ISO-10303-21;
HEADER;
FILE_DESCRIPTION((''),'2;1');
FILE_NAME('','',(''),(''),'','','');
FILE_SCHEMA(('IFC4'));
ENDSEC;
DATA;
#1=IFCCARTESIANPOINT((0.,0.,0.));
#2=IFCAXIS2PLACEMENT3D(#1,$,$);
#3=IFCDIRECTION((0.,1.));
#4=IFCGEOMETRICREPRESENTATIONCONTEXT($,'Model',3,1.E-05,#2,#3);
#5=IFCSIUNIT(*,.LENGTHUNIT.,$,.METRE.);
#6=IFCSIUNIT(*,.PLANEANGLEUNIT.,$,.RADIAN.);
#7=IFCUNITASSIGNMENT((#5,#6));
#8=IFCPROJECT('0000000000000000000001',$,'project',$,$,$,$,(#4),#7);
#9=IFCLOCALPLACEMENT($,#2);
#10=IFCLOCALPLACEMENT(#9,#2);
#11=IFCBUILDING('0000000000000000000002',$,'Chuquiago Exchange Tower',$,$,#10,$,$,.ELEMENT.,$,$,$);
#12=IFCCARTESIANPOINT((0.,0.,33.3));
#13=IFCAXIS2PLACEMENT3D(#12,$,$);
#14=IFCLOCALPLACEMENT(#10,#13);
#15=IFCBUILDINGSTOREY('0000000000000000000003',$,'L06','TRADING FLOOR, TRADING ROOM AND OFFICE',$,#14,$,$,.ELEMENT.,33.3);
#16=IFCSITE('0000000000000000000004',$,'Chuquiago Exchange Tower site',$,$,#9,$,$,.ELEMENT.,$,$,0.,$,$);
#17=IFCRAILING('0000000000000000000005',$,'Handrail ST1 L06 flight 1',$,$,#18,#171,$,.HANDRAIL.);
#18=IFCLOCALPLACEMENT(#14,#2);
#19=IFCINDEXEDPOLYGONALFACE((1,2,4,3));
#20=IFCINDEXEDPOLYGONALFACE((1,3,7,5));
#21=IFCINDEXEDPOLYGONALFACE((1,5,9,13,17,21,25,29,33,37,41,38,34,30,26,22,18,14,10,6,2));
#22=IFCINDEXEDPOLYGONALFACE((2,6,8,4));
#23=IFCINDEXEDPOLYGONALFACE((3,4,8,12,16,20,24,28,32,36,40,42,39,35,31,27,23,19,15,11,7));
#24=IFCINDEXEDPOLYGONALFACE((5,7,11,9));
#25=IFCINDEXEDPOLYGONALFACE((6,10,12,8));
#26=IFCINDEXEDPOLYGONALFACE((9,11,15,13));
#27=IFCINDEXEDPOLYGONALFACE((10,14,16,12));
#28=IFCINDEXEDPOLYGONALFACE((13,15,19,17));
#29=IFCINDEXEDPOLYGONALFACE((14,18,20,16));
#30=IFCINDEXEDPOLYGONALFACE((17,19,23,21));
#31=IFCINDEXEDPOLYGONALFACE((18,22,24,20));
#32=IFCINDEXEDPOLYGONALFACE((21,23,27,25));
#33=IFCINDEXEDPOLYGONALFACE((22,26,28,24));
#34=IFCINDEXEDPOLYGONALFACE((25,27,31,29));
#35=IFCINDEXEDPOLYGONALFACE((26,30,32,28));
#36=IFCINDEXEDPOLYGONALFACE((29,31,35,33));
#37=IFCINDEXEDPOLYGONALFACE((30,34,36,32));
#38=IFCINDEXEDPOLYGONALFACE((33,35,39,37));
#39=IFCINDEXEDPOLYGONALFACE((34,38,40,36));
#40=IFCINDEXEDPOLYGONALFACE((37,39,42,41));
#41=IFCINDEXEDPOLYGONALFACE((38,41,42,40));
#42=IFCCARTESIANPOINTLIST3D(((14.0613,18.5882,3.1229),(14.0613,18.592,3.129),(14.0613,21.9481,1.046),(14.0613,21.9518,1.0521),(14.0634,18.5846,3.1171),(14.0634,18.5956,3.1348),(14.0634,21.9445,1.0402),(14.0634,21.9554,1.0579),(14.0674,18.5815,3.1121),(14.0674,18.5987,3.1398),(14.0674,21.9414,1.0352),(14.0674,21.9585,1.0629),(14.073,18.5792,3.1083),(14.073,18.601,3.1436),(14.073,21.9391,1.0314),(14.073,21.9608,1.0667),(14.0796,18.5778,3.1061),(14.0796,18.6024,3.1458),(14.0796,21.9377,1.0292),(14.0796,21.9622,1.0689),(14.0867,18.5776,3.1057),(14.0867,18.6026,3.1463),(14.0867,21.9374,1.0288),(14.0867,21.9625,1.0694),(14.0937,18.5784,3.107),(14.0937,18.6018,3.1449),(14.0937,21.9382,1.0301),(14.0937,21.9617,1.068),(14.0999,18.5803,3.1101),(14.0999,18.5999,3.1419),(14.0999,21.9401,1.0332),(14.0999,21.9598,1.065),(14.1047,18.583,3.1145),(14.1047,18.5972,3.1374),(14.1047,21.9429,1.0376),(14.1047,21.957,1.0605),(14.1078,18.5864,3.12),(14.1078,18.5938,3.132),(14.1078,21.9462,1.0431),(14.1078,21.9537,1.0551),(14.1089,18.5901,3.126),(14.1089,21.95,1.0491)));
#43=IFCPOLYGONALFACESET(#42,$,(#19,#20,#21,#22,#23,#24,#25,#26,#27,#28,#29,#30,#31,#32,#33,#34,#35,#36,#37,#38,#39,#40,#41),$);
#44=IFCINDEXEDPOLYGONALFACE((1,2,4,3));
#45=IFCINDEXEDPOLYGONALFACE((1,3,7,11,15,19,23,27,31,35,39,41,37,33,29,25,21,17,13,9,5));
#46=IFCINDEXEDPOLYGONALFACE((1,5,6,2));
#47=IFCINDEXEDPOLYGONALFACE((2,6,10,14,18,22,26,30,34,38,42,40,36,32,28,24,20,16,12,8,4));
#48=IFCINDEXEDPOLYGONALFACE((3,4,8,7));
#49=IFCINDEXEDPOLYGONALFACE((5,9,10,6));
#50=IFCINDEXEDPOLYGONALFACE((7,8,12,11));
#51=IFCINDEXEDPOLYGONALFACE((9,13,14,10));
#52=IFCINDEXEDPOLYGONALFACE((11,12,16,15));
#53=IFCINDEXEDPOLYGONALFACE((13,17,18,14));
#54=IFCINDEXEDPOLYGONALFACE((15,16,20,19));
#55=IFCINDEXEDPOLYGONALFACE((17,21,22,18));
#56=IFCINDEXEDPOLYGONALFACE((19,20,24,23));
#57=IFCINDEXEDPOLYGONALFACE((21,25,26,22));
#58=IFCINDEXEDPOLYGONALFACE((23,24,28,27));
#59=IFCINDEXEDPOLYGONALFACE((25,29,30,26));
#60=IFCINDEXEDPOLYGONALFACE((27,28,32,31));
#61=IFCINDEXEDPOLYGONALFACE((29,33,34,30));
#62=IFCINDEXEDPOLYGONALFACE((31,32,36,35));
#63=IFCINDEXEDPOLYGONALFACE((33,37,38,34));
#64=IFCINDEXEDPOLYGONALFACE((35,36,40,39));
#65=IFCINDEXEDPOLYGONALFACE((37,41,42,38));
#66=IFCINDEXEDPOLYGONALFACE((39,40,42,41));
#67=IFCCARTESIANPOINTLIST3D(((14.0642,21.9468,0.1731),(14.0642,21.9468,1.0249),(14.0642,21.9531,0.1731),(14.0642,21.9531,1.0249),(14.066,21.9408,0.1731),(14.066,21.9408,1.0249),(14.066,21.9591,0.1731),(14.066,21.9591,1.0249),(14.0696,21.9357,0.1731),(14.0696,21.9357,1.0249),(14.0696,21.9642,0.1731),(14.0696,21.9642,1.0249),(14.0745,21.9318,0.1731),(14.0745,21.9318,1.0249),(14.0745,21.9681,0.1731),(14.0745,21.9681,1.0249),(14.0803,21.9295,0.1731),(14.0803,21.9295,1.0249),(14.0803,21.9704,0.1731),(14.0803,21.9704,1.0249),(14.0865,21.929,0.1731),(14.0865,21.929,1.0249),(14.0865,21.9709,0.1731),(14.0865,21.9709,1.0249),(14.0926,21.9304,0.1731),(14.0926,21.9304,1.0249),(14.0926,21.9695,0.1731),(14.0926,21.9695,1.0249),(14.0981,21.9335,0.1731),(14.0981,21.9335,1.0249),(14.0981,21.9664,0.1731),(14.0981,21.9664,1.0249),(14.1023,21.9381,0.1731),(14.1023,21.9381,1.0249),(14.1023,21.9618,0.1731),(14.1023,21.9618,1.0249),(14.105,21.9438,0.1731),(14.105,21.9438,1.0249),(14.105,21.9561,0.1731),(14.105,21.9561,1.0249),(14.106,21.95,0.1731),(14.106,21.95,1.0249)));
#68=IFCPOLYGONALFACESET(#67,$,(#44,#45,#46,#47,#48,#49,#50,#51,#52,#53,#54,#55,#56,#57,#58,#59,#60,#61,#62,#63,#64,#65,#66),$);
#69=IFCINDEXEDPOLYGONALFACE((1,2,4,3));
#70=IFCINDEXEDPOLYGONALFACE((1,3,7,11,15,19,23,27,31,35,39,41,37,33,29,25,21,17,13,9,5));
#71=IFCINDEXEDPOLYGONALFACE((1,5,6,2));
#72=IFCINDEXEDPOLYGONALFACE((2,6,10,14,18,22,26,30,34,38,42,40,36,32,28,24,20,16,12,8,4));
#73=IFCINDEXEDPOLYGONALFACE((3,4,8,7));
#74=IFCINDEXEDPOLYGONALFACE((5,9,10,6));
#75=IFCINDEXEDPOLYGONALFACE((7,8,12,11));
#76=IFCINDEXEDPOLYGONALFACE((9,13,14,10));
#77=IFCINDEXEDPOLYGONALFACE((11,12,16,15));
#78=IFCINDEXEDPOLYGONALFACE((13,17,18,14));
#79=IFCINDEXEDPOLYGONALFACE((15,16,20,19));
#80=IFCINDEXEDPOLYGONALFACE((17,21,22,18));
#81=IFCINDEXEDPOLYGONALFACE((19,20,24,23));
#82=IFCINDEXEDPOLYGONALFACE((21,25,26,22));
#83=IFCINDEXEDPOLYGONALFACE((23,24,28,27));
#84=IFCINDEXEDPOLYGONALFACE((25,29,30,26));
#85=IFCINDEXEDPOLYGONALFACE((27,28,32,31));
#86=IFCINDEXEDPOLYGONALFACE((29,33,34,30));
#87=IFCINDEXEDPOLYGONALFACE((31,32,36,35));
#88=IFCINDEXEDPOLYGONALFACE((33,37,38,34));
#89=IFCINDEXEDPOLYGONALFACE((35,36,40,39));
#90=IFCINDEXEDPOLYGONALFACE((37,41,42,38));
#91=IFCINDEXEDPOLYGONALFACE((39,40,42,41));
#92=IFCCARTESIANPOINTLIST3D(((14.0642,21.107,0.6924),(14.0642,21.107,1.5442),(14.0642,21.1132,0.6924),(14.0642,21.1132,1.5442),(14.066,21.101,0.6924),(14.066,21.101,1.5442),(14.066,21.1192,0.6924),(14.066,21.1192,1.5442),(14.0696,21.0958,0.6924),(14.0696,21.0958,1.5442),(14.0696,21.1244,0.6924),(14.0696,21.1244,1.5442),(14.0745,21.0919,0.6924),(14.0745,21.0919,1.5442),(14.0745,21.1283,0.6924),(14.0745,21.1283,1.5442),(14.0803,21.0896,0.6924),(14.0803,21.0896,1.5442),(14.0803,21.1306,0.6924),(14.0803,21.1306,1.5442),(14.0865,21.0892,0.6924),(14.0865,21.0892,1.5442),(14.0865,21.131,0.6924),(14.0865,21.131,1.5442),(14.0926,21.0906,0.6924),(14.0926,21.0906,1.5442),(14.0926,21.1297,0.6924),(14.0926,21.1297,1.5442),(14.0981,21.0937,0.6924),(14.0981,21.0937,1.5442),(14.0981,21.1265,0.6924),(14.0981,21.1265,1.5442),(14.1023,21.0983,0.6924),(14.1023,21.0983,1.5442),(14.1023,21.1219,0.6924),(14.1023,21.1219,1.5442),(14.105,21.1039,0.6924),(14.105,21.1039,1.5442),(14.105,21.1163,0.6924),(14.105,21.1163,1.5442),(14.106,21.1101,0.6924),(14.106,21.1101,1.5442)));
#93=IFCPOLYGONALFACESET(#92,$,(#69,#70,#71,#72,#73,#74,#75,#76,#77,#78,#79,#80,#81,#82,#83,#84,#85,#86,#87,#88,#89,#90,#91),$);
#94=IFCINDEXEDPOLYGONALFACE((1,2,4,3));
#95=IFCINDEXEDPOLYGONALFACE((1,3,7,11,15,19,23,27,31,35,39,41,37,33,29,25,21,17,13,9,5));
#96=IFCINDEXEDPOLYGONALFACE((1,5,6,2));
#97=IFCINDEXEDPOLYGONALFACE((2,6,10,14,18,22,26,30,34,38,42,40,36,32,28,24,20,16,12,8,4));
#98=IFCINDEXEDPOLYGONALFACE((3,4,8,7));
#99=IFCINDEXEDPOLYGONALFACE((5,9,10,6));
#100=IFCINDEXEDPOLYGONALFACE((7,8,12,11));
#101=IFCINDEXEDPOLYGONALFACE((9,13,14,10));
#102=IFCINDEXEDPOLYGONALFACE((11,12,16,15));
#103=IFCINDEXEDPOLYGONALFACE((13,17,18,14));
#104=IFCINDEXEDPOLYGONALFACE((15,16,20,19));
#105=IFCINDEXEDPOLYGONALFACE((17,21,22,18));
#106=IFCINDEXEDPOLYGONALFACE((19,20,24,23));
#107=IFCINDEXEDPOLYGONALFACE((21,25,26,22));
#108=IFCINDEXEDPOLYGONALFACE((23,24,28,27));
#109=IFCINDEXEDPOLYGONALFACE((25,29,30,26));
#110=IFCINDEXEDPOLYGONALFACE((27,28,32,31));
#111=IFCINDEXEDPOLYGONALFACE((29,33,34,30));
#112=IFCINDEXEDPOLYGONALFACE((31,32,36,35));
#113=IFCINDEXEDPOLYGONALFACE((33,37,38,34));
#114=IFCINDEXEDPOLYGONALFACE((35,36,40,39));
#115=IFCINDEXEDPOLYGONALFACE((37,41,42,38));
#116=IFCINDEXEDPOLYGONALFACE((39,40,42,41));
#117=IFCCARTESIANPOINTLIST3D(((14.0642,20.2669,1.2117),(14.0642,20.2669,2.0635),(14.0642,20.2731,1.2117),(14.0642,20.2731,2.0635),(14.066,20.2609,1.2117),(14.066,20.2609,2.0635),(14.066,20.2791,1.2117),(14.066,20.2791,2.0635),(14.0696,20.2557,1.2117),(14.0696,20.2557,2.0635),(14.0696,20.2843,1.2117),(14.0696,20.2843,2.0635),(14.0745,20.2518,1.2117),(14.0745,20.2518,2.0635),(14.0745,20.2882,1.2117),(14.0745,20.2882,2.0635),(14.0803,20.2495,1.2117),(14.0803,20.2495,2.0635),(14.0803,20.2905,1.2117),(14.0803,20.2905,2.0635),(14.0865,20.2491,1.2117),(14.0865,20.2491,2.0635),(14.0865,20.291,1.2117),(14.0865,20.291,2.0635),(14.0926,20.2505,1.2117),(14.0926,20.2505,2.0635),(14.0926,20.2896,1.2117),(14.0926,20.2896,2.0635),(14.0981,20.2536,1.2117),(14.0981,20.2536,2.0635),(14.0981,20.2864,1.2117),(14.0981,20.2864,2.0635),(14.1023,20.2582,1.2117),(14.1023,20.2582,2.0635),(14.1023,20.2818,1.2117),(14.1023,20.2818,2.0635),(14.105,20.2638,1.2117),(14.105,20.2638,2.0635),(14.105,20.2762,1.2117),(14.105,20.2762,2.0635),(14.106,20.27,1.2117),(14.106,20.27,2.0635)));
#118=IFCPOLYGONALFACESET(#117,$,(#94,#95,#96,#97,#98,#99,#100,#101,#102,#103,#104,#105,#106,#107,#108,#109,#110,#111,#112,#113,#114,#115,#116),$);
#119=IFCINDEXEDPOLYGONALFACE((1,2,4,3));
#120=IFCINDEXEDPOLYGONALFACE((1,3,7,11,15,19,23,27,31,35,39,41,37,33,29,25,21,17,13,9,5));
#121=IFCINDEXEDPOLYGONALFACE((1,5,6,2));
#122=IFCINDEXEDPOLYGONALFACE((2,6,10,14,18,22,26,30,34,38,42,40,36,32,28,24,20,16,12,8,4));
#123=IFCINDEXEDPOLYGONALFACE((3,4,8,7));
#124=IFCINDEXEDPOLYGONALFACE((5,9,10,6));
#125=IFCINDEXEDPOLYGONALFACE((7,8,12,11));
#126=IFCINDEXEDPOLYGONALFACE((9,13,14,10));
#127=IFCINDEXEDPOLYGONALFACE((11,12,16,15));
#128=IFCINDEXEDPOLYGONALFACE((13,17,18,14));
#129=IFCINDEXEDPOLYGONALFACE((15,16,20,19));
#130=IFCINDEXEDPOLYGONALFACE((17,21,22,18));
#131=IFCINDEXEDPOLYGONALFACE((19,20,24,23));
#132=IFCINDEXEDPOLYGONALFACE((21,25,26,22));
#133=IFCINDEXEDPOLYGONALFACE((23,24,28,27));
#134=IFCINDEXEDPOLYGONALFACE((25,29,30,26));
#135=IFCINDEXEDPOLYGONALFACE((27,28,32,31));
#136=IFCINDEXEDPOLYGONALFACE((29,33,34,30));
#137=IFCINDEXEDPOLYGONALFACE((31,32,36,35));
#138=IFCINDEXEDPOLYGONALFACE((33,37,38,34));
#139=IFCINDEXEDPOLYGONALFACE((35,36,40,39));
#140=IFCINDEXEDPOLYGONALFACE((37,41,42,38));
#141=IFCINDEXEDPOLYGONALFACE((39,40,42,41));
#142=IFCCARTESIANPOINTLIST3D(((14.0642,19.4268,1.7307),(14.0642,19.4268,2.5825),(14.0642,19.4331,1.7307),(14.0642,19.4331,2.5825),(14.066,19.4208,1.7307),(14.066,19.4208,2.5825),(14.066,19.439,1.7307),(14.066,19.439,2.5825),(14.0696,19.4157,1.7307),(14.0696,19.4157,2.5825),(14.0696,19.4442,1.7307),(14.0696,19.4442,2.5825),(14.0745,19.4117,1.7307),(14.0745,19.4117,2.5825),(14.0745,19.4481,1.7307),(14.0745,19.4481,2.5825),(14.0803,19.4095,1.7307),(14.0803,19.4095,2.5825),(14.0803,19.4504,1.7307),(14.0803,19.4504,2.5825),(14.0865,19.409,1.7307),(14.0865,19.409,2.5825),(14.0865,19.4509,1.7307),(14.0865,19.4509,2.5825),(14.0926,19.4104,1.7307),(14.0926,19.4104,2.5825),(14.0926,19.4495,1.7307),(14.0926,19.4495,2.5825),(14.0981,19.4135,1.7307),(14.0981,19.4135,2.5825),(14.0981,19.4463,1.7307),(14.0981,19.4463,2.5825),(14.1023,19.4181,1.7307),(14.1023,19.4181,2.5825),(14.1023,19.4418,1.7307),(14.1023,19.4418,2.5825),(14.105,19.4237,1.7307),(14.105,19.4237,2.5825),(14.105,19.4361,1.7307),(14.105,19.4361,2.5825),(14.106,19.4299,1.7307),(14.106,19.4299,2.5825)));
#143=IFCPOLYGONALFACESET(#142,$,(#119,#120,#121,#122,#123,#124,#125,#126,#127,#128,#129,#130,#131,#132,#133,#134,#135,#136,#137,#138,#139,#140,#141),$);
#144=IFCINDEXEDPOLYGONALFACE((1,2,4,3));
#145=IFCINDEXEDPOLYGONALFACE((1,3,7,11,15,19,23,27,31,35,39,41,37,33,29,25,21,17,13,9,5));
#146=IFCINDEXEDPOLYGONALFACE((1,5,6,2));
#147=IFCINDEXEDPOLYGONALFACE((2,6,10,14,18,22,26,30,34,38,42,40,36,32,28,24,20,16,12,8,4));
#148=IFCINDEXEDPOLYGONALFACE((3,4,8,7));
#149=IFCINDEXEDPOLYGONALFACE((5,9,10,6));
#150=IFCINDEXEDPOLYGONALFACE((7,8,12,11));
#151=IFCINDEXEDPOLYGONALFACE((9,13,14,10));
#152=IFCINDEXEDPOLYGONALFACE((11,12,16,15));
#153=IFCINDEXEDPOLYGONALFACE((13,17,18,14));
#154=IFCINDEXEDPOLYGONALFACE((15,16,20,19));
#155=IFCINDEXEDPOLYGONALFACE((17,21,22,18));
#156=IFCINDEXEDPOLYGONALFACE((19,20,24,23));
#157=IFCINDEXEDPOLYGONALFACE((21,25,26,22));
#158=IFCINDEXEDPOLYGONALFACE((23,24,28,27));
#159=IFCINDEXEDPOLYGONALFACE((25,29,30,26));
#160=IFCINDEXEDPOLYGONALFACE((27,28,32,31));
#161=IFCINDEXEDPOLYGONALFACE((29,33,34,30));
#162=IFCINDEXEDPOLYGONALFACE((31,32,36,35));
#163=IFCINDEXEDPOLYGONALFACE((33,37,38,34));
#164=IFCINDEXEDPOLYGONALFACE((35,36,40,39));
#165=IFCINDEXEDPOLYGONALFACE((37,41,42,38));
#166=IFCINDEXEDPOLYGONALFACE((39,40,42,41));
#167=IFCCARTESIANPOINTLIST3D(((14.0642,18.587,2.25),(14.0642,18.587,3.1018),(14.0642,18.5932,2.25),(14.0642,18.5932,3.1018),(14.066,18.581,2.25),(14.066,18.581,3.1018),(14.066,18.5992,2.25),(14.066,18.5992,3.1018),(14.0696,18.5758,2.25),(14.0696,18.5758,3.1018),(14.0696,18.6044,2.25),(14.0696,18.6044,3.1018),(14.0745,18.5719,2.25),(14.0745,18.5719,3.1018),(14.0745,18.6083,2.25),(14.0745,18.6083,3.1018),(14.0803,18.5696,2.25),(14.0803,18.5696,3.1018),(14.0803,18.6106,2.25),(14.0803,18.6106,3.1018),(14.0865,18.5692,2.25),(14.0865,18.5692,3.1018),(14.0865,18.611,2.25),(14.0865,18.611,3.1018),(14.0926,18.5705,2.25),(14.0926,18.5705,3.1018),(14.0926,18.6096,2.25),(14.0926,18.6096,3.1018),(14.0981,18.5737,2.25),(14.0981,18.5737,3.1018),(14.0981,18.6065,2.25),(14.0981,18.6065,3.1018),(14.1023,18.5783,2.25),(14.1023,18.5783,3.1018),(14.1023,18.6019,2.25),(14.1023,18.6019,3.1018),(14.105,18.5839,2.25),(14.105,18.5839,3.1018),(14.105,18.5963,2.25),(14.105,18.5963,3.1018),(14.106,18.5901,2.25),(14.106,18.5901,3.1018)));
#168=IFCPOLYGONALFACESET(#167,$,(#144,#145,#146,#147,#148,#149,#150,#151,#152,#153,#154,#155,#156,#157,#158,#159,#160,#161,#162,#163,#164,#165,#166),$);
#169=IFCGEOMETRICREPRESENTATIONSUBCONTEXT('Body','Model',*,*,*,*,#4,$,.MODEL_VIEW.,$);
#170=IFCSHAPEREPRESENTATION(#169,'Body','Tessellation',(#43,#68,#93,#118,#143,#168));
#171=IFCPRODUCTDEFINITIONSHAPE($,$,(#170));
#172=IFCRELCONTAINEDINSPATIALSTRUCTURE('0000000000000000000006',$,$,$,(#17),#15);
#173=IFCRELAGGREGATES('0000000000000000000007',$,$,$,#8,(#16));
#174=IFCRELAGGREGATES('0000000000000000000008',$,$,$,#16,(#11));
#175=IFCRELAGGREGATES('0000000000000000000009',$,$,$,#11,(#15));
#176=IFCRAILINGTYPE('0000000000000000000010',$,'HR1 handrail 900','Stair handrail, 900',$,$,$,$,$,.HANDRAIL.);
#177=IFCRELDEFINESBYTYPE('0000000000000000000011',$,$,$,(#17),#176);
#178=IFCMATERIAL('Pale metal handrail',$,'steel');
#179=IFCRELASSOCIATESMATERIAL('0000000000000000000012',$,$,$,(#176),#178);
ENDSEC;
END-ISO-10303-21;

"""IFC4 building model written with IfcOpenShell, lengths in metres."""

from ifc_helpers import new_model, si_unit, direction, frame, origin, origin_2d, place, context, subcontext, project, spatial, circle, extrude, material, type_object, element, save


model = new_model("IFC4")

# Units and contexts
model_context = context("Model", 3, precision=1e-05, world=origin(), true_north=direction((0.0, 1.0)))
body_context = subcontext(model_context, "Body", "Model", "MODEL_VIEW")
ifc_project = project(units=[si_unit("LENGTHUNIT", "METRE"), si_unit("PLANEANGLEUNIT", "RADIAN")], contexts=[model_context])

# Site, building, storey
site_placement = place(None, origin())
site = spatial("IfcSite", under=ifc_project, at=site_placement, Name="Chuquiago Exchange Tower site", CompositionType="ELEMENT", RefElevation=0.0)
building_placement = place(site_placement, origin())
building = spatial("IfcBuilding", under=site, at=building_placement, Name="Chuquiago Exchange Tower", CompositionType="ELEMENT")
storey_placement = place(building_placement, frame((0.0, 0.0, 33.3)))
storey = spatial("IfcBuildingStorey", under=building, at=storey_placement, Name="L06", Description="TRADING FLOOR, TRADING ROOM AND OFFICE", CompositionType="ELEMENT", Elevation=33.3)

# Railing
ifc_material_1 = material(Name="Pale metal handrail", Category="steel")
railing_type = type_object("IfcRailingType", Name="HR1 handrail 900", Description="Stair handrail, 900", PredefinedType="HANDRAIL", material=ifc_material_1)
for number, where, name in (
    (1, (14.085, 21.95, 0.1731), "Handrail ST1 L06 flight 1"),
):
    element("IfcRailing", number, at=place(storey_placement, frame(where)), inside=storey, type_object=railing_type, Name=name, PredefinedType="HANDRAIL", context=body_context, shape_type="SweptSolid", body=[
        extrude(circle(Radius=0.0239, at=origin_2d()), frame((0.0, 0.0, 0.876), z_axis=(0.0, -0.850606, 0.525803), x_axis=(1.0, 0.0, 0.0)), (0.0, 0.0, 1.0), 3.95),
        extrude(circle(Radius=0.021, at=origin_2d()), origin(), (0.0, 0.0, 1.0), 0.8518),
        extrude(circle(Radius=0.021, at=origin_2d()), frame((0.0, -0.8398, 0.5193)), (0.0, 0.0, 1.0), 0.8518),
        extrude(circle(Radius=0.021, at=origin_2d()), frame((0.0, -1.6799, 1.0386)), (0.0, 0.0, 1.0), 0.8518),
        extrude(circle(Radius=0.021, at=origin_2d()), frame((0.0, -2.52, 1.5576)), (0.0, 0.0, 1.0), 0.8518),
        extrude(circle(Radius=0.021, at=origin_2d()), frame((0.0, -3.3599, 2.0769)), (0.0, 0.0, 1.0), 0.8518),
    ])

save(model, "model.ifc")
